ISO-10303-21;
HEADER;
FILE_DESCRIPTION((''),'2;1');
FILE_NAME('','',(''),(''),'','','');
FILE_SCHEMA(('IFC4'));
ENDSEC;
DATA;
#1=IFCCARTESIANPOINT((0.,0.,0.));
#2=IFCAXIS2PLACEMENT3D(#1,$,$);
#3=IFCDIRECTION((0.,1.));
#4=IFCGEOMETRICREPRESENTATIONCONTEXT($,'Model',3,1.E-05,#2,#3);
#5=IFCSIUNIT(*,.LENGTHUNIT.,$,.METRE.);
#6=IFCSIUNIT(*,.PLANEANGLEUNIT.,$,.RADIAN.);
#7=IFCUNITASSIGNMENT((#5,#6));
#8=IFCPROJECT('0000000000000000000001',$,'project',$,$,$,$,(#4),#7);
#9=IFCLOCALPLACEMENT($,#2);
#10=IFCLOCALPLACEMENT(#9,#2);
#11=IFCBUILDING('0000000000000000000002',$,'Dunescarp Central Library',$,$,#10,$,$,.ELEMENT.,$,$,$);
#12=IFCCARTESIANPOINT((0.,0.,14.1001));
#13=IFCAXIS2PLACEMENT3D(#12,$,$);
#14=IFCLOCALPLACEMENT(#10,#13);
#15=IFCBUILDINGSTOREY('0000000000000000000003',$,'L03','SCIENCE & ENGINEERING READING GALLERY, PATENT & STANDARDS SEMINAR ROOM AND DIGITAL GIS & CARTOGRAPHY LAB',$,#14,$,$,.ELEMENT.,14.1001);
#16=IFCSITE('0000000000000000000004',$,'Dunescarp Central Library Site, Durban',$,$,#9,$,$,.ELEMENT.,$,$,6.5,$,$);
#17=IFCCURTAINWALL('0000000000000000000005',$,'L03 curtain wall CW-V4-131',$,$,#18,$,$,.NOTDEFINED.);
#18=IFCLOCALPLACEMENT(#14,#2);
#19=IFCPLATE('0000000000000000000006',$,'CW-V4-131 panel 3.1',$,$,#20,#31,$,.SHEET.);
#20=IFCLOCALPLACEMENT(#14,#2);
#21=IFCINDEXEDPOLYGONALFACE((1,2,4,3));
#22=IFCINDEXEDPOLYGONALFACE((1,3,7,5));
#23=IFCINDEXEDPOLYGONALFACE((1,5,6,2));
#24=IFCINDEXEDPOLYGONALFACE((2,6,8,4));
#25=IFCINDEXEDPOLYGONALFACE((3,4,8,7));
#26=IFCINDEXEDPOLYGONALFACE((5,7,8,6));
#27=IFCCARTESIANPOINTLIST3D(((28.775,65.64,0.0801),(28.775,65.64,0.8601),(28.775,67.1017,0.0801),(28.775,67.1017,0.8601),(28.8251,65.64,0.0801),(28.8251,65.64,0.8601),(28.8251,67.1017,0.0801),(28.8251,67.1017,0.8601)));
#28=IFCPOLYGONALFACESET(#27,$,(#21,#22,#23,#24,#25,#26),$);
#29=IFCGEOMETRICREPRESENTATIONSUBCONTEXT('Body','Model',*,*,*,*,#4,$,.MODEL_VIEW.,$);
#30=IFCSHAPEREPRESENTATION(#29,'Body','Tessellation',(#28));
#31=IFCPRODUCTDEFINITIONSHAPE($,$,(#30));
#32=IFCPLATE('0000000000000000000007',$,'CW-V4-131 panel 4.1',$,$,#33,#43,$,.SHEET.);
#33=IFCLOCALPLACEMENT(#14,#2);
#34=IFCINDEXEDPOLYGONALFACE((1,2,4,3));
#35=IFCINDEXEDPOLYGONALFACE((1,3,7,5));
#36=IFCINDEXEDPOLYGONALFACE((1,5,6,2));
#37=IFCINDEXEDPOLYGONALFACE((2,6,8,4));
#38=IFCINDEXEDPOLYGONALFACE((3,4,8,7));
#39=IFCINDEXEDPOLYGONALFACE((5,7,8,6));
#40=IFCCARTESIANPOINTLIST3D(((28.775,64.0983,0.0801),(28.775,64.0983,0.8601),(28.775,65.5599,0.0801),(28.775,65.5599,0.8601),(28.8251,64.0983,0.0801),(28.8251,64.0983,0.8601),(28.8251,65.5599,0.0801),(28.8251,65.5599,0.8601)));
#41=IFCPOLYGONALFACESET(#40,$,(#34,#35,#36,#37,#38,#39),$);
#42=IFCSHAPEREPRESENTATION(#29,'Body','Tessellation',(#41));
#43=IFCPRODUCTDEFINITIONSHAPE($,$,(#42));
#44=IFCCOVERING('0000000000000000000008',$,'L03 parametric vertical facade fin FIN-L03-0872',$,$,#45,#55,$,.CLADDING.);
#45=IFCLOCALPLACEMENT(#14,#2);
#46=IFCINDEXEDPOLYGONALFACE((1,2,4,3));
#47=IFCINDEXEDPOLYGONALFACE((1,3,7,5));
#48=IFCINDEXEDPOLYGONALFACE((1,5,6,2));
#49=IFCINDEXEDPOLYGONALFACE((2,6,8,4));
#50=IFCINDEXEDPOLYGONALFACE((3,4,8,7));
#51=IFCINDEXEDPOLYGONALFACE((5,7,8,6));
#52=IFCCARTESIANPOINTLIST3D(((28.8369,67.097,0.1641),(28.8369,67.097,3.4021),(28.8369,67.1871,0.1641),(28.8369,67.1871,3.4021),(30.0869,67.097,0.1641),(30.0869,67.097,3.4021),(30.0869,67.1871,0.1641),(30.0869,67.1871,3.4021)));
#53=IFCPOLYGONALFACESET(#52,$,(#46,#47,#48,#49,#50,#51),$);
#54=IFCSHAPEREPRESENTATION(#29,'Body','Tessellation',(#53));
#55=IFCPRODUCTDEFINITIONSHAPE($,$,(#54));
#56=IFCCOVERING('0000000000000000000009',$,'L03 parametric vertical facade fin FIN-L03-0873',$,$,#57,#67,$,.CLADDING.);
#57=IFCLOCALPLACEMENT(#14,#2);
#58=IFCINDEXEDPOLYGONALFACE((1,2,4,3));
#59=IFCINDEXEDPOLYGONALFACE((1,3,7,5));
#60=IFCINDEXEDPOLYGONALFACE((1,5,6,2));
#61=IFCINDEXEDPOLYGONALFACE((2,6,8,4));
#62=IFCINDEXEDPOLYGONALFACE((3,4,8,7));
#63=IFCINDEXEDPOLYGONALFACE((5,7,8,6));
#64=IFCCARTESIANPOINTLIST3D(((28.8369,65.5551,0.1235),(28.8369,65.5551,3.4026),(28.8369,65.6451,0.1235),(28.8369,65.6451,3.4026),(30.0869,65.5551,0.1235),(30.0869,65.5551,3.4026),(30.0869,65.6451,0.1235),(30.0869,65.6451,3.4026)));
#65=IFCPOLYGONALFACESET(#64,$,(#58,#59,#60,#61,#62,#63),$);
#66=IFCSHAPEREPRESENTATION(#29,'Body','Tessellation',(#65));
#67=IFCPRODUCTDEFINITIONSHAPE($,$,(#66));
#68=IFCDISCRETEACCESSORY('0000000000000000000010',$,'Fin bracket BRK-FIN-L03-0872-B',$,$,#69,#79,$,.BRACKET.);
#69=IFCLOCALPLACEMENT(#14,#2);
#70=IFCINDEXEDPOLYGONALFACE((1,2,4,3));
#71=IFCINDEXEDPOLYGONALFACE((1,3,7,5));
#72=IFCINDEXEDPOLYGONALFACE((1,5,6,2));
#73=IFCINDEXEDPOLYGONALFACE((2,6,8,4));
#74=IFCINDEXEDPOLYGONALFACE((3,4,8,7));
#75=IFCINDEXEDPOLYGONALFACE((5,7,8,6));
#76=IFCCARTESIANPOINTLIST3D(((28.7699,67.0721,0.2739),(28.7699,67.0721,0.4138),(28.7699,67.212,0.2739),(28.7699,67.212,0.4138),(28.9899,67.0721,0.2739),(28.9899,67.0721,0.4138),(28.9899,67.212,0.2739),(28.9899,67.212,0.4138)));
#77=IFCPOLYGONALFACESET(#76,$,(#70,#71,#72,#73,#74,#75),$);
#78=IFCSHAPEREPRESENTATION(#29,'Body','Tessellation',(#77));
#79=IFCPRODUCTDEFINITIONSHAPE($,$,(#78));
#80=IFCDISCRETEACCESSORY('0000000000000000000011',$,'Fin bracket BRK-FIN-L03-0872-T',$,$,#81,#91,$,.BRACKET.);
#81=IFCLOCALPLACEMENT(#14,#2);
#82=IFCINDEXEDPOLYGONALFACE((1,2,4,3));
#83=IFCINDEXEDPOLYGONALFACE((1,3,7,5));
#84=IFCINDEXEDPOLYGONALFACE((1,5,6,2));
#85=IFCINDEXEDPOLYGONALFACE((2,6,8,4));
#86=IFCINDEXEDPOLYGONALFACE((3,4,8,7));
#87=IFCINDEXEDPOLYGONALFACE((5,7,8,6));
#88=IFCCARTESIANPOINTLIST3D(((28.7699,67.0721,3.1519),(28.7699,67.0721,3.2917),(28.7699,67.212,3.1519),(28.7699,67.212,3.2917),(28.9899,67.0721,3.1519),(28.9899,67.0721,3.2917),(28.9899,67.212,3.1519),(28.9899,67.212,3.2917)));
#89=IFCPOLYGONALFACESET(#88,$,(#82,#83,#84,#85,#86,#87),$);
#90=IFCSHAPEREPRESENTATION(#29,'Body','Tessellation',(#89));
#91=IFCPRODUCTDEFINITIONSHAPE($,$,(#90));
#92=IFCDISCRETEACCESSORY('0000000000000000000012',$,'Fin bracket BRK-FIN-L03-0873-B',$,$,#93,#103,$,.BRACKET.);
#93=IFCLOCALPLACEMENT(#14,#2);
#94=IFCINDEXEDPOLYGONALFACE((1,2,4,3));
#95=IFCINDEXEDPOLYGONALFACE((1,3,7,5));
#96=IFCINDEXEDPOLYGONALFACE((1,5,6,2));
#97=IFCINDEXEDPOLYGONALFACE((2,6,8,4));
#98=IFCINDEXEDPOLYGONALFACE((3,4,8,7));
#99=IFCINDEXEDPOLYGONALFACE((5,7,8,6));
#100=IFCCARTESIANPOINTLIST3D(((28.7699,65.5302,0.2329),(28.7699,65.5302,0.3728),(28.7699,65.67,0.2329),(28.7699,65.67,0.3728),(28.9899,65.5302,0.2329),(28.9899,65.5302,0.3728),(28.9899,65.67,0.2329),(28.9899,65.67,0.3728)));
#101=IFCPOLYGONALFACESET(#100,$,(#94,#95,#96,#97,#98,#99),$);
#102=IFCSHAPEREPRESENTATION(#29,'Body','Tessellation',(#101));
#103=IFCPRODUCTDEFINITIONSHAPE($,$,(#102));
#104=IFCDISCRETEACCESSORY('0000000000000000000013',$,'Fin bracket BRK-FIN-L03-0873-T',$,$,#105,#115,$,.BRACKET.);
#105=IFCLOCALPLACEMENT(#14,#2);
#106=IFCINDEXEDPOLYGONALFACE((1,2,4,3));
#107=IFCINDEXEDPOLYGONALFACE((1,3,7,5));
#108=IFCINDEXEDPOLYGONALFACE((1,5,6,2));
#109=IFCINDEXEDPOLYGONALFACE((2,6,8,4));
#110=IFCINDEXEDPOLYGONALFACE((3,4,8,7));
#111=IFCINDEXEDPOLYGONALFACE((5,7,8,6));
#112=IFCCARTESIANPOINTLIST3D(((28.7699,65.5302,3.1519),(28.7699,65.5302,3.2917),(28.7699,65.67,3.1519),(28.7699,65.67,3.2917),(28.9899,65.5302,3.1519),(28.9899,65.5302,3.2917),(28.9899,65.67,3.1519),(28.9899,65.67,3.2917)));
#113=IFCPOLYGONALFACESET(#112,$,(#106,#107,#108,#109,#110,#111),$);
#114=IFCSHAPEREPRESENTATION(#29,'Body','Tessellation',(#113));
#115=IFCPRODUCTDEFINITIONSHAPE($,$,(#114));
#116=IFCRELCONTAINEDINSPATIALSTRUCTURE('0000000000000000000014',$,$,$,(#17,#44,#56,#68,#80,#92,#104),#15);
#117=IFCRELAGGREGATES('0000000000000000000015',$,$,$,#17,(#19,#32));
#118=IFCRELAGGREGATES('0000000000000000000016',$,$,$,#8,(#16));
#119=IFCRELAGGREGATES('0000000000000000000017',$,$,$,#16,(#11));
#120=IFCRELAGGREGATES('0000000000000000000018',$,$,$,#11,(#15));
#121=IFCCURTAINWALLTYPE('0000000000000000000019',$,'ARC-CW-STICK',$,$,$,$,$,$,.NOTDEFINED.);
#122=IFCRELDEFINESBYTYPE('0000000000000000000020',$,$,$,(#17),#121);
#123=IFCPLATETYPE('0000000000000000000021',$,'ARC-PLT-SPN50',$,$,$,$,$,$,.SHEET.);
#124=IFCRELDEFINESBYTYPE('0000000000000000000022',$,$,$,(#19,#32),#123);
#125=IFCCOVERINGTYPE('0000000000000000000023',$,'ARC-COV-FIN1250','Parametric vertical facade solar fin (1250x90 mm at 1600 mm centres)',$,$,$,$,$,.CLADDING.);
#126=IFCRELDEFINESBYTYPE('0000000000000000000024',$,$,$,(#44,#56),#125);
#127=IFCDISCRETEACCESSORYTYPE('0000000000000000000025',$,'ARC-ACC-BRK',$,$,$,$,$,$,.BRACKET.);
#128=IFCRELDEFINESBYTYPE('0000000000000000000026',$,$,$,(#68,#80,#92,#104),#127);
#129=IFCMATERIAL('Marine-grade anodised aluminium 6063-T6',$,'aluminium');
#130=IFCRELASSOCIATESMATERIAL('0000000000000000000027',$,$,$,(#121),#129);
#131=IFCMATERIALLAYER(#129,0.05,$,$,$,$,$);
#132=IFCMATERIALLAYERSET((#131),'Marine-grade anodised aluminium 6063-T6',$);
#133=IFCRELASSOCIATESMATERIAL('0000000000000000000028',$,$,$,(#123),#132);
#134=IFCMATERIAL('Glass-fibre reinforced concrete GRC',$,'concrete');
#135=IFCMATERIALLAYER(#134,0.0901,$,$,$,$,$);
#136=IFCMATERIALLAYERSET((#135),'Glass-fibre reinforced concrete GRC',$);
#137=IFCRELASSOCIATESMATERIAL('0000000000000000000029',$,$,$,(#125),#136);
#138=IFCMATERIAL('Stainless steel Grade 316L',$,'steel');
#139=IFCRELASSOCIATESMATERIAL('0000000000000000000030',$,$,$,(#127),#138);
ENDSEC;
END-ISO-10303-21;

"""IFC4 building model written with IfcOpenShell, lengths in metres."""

from ifc_helpers import new_model, si_unit, direction, frame, origin, origin_2d, place, context, subcontext, project, spatial, rectangle, extrude, material, layer, layer_set, type_object, element, aggregate, save


model = new_model("IFC4")

# Units and contexts
model_context = context("Model", 3, precision=1e-05, world=origin(), true_north=direction((0.0, 1.0)))
body_context = subcontext(model_context, "Body", "Model", "MODEL_VIEW")
ifc_project = project(units=[si_unit("LENGTHUNIT", "METRE"), si_unit("PLANEANGLEUNIT", "RADIAN")], contexts=[model_context])

# Site, building, storey
site_placement = place(None, origin())
site = spatial("IfcSite", under=ifc_project, at=site_placement, Name="Dunescarp Central Library Site, Durban", CompositionType="ELEMENT", RefElevation=6.5)
building_placement = place(site_placement, origin())
building = spatial("IfcBuilding", under=site, at=building_placement, Name="Dunescarp Central Library", CompositionType="ELEMENT")
storey_placement = place(building_placement, frame((0.0, 0.0, 14.1001)))
storey = spatial("IfcBuildingStorey", under=building, at=storey_placement, Name="L03", Description="SCIENCE & ENGINEERING READING GALLERY, PATENT & STANDARDS SEMINAR ROOM AND DIGITAL GIS & CARTOGRAPHY LAB", CompositionType="ELEMENT", Elevation=14.1001)

# Curtain wall, plates
ifc_material_1 = material(Name="Marine-grade anodised aluminium 6063-T6", Category="aluminium")
curtain_wall_type = type_object("IfcCurtainWallType", Name="ARC-CW-STICK", PredefinedType="NOTDEFINED", material=ifc_material_1)
curtain_wall_placement = place(storey_placement, origin())
curtain_wall = element("IfcCurtainWall", 1, at=curtain_wall_placement, inside=storey, type_object=curtain_wall_type, Name="L03 curtain wall CW-V4-131", PredefinedType="NOTDEFINED")
ifc_layer_1 = layer(ifc_material_1, 0.05)
ifc_layer_set_1 = layer_set([ifc_layer_1], Name="Marine-grade anodised aluminium 6063-T6")
plate_type_1 = type_object("IfcPlateType", Name="ARC-PLT-SPN50", PredefinedType="SHEET", material=ifc_layer_set_1)
plate_1_placement = place(storey_placement, frame((28.8, 66.3708, 0.0801), z_axis=(0.0, 0.0, 1.0), x_axis=(0.0, -1.0, 0.0)))
plate_1 = element("IfcPlate", 2, at=plate_1_placement, type_object=plate_type_1, Name="CW-V4-131 panel 3.1", PredefinedType="SHEET", context=body_context, shape_type="SweptSolid", body=[
    extrude(rectangle(XDim=1.4617, YDim=0.05, at=origin_2d()), origin(), (0.0, 0.0, 1.0), 0.78),
])
plate_2_placement = place(storey_placement, frame((28.8, 64.8291, 0.0801), z_axis=(0.0, 0.0, 1.0), x_axis=(0.0, -1.0, 0.0)))
plate_2 = element("IfcPlate", 3, at=plate_2_placement, type_object=plate_type_1, Name="CW-V4-131 panel 4.1", PredefinedType="SHEET", context=body_context, shape_type="SweptSolid", body=[
    extrude(rectangle(XDim=1.4617, YDim=0.05, at=origin_2d()), origin(), (0.0, 0.0, 1.0), 0.78),
])
aggregate(curtain_wall, [plate_1, plate_2])

# Coverings
ifc_material_2 = material(Name="Glass-fibre reinforced concrete GRC", Category="concrete")
ifc_layer_2 = layer(ifc_material_2, 0.0901)
ifc_layer_set_2 = layer_set([ifc_layer_2], Name="Glass-fibre reinforced concrete GRC")
covering_type = type_object("IfcCoveringType", Name="ARC-COV-FIN1250", Description="Parametric vertical facade solar fin (1250x90 mm at 1600 mm centres)", PredefinedType="CLADDING", material=ifc_layer_set_2)
covering_1_placement = place(storey_placement, frame((29.4619, 67.1421, 0.1641), z_axis=(0.0, 0.0, 1.0), x_axis=(1.0, 0.0, 0.0)))
element("IfcCovering", 4, at=covering_1_placement, inside=storey, type_object=covering_type, Name="L03 parametric vertical facade fin FIN-L03-0872", PredefinedType="CLADDING", context=body_context, shape_type="SweptSolid", body=[
    extrude(rectangle(XDim=1.25, YDim=0.0901, at=origin_2d()), origin(), (0.0, 0.0, 1.0), 3.238),
])
covering_2_placement = place(storey_placement, frame((29.4619, 65.6001, 0.1235), z_axis=(0.0, 0.0, 1.0), x_axis=(1.0, 0.0, 0.0)))
element("IfcCovering", 5, at=covering_2_placement, inside=storey, type_object=covering_type, Name="L03 parametric vertical facade fin FIN-L03-0873", PredefinedType="CLADDING", context=body_context, shape_type="SweptSolid", body=[
    extrude(rectangle(XDim=1.25, YDim=0.0901, at=origin_2d()), origin(), (0.0, 0.0, 1.0), 3.2791),
])

# Discrete accessories
ifc_material_3 = material(Name="Stainless steel Grade 316L", Category="steel")
discrete_accessory_type = type_object("IfcDiscreteAccessoryType", Name="ARC-ACC-BRK", PredefinedType="BRACKET", material=ifc_material_3)
for number, where, z_axis, x_axis, name in (
    (6, (28.8799, 67.1421, 0.2739), (0.0, 0.0, 1.0), (1.0, 0.0, 0.0), "Fin bracket BRK-FIN-L03-0872-B"),
    (7, (28.8799, 67.1421, 3.1519), (0.0, 0.0, 1.0), (1.0, 0.0, 0.0), "Fin bracket BRK-FIN-L03-0872-T"),
    (8, (28.8799, 65.6001, 0.2329), (0.0, 0.0, 1.0), (1.0, 0.0, 0.0), "Fin bracket BRK-FIN-L03-0873-B"),
    (9, (28.8799, 65.6001, 3.1519), (0.0, 0.0, 1.0), (1.0, 0.0, 0.0), "Fin bracket BRK-FIN-L03-0873-T"),
):
    element("IfcDiscreteAccessory", number, at=place(storey_placement, frame(where, z_axis=z_axis, x_axis=x_axis)), inside=storey, type_object=discrete_accessory_type, Name=name, PredefinedType="BRACKET", context=body_context, shape_type="SweptSolid", body=[
        extrude(rectangle(XDim=0.22, YDim=0.1399, at=origin_2d()), origin(), (0.0, 0.0, 1.0), 0.1399),
    ])

save(model, "model.ifc")
